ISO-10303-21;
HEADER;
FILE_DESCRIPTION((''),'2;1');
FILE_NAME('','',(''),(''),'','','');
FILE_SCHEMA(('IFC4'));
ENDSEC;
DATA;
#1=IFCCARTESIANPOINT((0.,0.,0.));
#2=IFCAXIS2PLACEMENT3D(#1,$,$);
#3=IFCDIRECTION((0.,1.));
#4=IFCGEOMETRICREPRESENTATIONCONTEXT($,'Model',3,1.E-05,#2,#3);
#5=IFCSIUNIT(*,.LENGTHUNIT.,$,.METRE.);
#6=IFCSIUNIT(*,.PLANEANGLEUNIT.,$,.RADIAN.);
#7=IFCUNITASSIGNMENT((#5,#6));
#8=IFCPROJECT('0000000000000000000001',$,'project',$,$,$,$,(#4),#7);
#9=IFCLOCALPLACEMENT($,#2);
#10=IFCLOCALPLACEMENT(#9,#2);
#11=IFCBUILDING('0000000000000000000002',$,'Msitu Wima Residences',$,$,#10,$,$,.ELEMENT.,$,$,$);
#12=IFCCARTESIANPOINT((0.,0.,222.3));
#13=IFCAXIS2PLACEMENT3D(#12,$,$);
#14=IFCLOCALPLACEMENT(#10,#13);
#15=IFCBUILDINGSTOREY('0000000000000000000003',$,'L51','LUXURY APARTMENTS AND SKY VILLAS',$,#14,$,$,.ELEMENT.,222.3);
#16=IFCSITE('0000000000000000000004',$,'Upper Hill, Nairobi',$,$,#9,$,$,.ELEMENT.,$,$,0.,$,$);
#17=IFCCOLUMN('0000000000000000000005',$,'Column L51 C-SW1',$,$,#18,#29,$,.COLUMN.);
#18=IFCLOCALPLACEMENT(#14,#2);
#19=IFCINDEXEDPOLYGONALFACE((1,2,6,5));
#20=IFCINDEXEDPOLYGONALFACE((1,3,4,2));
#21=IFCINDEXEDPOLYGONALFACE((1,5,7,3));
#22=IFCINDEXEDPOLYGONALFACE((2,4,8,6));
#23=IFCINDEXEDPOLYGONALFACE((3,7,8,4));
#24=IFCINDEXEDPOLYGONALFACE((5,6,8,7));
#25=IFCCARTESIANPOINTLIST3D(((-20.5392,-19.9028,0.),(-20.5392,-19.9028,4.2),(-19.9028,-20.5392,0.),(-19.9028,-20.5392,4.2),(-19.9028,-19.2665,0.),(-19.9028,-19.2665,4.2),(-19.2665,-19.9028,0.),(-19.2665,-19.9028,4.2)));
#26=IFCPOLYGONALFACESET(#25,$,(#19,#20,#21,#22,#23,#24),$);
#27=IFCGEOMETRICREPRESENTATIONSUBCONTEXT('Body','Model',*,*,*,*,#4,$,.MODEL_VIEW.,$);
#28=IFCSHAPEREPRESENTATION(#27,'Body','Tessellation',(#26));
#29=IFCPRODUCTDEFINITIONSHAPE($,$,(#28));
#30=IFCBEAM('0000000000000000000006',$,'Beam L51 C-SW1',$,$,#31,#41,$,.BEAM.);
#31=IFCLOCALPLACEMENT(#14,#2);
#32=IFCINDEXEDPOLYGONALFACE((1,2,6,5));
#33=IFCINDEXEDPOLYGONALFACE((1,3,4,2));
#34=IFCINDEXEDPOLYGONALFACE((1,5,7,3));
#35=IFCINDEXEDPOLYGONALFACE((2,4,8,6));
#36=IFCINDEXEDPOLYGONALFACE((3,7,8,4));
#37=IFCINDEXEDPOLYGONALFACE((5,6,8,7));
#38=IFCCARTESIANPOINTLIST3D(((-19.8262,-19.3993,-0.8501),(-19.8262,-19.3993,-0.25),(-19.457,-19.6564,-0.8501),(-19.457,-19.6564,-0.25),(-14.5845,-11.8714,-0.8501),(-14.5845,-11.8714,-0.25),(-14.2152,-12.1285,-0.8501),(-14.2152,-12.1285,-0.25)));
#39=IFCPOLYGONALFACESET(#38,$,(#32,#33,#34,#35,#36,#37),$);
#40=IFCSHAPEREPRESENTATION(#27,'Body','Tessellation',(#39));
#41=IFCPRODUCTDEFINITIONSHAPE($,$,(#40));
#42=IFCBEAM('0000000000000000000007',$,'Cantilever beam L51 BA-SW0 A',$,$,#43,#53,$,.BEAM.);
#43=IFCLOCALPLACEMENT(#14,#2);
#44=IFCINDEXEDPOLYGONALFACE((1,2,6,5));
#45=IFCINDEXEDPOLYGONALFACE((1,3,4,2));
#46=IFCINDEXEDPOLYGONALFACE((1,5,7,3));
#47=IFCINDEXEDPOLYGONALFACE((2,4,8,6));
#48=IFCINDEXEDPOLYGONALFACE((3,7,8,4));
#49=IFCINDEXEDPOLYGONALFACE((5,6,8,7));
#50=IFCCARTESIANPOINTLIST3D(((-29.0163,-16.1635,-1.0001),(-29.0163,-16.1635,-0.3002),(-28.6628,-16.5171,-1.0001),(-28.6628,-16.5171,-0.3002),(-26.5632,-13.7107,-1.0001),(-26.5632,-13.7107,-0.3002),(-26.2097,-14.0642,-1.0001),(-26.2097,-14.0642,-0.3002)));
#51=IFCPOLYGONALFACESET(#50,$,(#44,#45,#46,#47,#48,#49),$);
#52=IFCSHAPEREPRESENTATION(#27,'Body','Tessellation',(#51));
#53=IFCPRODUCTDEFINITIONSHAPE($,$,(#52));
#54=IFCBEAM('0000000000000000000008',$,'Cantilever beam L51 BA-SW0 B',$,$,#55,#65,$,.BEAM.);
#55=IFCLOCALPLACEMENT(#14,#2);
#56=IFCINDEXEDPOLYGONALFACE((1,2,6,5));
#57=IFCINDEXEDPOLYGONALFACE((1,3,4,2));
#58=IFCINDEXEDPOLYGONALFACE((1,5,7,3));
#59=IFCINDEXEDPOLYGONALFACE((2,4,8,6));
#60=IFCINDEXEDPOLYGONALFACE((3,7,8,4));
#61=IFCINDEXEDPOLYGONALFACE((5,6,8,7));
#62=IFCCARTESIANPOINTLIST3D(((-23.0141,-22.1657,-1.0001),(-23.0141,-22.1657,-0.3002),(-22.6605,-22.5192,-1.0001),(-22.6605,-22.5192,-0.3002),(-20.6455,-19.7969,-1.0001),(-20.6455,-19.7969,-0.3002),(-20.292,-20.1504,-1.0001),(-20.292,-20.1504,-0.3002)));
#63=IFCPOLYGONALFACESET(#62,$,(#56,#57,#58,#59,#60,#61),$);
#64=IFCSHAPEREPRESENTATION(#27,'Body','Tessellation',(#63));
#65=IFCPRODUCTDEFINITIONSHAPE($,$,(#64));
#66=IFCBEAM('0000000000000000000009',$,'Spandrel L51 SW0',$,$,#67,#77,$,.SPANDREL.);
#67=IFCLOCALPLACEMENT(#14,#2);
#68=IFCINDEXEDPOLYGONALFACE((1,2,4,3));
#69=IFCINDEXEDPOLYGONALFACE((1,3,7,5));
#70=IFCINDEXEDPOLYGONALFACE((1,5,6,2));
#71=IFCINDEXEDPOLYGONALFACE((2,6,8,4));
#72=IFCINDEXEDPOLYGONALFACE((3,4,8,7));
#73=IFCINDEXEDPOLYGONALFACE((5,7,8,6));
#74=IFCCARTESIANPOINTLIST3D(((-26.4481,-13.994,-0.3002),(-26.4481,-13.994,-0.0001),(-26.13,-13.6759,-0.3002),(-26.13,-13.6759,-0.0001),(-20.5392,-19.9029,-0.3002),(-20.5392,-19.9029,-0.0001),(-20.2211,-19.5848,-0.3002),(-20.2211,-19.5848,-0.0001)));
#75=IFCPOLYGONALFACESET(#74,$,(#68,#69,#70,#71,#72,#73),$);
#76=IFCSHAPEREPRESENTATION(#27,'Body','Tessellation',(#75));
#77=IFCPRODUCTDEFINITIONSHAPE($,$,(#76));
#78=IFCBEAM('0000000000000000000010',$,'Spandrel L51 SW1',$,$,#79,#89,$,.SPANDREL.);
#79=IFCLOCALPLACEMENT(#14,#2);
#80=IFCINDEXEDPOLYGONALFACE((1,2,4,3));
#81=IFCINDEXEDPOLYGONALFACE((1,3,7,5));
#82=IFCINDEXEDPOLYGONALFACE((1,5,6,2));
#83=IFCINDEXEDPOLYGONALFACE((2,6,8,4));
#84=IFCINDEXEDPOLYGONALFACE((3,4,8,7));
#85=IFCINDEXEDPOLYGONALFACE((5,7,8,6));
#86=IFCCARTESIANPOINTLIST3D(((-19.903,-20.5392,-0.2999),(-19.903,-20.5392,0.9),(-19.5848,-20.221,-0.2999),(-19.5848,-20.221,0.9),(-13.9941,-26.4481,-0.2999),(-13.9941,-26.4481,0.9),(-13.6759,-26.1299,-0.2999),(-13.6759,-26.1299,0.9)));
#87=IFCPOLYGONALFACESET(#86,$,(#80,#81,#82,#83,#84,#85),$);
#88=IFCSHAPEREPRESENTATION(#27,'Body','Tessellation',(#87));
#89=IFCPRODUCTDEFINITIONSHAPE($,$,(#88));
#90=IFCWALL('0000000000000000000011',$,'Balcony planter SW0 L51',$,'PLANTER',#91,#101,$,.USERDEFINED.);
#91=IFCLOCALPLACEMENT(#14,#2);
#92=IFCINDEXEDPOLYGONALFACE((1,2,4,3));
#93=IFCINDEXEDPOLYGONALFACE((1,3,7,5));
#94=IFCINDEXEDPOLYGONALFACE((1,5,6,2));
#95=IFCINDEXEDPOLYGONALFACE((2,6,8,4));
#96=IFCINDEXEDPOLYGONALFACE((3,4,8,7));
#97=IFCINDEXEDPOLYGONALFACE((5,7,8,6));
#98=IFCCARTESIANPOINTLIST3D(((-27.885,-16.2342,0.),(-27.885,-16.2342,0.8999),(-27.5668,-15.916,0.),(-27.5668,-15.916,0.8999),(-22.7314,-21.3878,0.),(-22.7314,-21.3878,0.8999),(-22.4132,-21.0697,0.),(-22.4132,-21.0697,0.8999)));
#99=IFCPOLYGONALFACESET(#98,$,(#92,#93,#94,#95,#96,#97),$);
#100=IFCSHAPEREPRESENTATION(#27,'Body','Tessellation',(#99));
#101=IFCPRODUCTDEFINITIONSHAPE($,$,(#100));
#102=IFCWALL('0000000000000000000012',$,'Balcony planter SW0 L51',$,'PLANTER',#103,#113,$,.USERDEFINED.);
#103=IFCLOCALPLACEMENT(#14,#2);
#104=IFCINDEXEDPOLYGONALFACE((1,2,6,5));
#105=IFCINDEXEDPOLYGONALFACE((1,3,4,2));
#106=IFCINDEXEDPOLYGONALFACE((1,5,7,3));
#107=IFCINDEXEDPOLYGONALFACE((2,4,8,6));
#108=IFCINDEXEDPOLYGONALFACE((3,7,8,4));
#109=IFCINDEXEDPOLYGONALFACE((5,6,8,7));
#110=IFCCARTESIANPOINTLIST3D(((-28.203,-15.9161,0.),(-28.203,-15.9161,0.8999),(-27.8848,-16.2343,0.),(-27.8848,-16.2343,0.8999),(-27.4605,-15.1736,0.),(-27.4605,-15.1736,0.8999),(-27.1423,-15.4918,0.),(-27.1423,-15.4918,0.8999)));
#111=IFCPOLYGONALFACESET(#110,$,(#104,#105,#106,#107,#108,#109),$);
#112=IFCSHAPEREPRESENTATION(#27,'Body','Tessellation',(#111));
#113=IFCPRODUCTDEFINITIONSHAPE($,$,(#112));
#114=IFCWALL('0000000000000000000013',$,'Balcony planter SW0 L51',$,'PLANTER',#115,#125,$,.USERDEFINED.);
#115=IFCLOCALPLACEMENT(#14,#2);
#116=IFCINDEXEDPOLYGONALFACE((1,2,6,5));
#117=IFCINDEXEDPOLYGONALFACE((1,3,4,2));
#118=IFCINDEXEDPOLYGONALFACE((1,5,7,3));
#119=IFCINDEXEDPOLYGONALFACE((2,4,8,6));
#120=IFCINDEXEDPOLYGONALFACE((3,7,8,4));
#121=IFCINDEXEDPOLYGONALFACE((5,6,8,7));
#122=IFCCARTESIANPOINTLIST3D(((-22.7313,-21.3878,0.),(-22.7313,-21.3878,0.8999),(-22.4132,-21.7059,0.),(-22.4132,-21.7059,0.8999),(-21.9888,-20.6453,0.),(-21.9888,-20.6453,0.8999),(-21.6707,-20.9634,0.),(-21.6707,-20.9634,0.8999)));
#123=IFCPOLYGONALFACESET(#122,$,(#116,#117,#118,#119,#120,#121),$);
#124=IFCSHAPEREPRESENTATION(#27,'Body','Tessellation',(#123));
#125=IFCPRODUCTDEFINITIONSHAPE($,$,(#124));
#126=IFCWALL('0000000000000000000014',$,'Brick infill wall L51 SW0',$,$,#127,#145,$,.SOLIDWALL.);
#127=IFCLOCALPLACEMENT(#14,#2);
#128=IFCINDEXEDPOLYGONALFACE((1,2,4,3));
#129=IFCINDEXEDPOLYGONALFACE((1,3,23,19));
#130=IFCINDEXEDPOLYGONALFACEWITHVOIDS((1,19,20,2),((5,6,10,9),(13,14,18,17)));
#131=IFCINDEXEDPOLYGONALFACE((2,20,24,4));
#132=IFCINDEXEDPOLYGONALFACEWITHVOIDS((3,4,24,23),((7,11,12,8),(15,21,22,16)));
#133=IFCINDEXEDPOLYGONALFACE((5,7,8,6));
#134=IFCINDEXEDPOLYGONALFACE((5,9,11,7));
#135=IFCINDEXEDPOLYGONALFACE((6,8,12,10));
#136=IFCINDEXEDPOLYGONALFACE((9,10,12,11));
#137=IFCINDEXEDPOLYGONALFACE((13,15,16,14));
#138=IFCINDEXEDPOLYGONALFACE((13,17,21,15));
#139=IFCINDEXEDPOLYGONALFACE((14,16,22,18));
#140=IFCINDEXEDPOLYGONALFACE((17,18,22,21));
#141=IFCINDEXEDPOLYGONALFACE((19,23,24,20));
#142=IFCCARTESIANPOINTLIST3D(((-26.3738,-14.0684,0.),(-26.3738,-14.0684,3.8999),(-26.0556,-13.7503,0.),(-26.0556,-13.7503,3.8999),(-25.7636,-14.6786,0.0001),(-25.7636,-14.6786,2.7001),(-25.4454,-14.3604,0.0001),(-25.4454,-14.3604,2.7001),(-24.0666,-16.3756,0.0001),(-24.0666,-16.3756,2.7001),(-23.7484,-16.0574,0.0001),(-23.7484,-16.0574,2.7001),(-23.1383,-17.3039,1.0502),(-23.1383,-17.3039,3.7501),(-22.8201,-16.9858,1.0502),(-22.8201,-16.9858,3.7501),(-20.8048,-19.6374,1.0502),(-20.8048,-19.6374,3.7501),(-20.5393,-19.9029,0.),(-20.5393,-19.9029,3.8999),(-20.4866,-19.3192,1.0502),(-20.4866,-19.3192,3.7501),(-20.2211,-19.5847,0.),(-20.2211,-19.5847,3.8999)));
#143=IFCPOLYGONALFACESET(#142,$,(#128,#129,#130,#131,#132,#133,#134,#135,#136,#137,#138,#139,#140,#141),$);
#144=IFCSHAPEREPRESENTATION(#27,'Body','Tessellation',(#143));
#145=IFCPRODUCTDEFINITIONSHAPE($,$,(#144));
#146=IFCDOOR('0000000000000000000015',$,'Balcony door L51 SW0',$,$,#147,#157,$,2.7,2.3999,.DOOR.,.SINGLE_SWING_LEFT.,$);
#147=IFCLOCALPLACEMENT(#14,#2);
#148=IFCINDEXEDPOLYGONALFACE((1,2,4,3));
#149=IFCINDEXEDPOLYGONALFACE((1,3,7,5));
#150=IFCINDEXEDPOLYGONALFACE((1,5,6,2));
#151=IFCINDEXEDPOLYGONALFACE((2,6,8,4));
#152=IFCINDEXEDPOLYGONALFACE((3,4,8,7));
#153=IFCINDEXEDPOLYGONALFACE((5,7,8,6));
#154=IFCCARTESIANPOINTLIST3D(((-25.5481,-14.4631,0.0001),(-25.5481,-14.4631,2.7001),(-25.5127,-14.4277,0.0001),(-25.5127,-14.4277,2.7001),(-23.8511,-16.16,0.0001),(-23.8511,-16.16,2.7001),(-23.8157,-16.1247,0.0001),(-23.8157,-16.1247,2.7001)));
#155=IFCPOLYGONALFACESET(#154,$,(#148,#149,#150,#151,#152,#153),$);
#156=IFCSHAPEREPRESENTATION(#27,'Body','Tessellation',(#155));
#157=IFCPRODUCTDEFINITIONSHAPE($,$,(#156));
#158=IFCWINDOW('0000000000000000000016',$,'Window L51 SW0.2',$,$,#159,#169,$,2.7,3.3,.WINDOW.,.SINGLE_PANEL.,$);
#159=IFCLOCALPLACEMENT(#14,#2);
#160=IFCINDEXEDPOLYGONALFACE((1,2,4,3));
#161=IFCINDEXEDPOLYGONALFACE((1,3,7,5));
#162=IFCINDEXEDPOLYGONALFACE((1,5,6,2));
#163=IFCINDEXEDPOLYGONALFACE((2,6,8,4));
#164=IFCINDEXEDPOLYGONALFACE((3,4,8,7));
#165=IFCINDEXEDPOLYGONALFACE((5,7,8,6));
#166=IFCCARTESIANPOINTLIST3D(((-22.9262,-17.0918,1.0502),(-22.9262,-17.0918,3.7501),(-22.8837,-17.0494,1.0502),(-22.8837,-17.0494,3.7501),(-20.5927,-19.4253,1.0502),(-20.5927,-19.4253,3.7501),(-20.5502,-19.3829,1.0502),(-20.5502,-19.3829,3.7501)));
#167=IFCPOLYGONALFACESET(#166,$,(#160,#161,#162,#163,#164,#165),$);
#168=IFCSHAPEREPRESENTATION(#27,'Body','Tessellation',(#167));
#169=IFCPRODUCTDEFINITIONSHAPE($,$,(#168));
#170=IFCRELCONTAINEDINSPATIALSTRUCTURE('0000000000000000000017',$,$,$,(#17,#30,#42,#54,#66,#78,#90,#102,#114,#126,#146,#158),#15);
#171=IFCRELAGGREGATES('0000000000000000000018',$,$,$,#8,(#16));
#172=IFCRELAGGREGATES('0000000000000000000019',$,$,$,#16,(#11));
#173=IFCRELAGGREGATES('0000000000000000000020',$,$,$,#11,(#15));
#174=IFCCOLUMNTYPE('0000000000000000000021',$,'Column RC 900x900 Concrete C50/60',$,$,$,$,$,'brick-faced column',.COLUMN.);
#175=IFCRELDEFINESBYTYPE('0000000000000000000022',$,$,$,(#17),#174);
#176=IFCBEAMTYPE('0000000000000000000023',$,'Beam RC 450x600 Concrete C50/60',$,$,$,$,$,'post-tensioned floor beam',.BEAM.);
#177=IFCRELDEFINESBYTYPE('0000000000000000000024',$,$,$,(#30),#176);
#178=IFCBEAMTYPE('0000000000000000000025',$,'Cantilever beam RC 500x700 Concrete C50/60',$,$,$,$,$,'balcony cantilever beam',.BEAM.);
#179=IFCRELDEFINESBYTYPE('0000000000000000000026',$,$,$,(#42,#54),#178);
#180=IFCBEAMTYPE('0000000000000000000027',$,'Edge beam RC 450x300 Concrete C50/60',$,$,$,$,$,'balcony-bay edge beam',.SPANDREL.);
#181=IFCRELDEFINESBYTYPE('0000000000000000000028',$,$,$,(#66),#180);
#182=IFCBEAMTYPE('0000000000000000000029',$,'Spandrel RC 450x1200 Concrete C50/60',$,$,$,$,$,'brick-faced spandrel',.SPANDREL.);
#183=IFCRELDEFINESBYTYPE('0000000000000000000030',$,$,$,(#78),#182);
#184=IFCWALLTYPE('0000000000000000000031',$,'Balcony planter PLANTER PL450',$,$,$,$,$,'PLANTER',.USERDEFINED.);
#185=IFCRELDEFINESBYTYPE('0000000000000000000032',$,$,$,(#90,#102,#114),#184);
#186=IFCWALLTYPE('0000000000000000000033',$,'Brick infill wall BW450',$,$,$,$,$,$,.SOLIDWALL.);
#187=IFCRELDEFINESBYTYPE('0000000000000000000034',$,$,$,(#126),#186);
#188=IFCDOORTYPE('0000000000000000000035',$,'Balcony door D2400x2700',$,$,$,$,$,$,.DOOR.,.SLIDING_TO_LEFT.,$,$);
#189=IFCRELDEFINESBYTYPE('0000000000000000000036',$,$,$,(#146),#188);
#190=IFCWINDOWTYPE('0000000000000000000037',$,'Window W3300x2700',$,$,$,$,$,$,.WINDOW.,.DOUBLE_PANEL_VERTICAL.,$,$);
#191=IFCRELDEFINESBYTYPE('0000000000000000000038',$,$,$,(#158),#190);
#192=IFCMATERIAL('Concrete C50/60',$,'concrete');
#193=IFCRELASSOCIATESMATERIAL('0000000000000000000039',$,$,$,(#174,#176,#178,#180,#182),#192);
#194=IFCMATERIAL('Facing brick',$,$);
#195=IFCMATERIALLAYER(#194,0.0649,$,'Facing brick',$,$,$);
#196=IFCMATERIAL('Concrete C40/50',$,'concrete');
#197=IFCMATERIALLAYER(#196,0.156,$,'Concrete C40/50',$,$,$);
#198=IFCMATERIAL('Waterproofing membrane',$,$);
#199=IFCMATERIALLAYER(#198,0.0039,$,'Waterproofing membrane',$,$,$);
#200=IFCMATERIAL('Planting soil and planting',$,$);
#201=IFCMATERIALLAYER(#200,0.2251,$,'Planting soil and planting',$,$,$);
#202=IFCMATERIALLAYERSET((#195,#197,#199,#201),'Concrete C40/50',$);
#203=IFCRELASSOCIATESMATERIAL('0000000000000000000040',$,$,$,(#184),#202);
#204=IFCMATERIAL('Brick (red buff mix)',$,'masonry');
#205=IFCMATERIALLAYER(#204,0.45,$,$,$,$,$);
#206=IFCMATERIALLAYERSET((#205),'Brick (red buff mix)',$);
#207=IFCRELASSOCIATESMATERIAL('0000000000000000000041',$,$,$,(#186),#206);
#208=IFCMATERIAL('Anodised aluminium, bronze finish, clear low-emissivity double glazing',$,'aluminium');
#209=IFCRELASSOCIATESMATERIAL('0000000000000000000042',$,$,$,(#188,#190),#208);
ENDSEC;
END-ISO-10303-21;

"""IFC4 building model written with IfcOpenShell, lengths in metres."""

from ifc_helpers import new_model, si_unit, direction, frame, frame_2d, origin, origin_2d, place, context, subcontext, project, spatial, rectangle, extrude, material, layer, layer_set, material_profile, profile_set, type_object, element, fill, save


model = new_model("IFC4")

# Units and contexts
model_context = context("Model", 3, precision=1e-05, world=origin(), true_north=direction((0.0, 1.0)))
body_context = subcontext(model_context, "Body", "Model", "MODEL_VIEW")
ifc_project = project(units=[si_unit("LENGTHUNIT", "METRE"), si_unit("PLANEANGLEUNIT", "RADIAN")], contexts=[model_context])

# Site, building, storey
site_placement = place(None, origin())
site = spatial("IfcSite", under=ifc_project, at=site_placement, Name="Upper Hill, Nairobi", CompositionType="ELEMENT", RefElevation=0.0)
building_placement = place(site_placement, origin())
building = spatial("IfcBuilding", under=site, at=building_placement, Name="Msitu Wima Residences", CompositionType="ELEMENT")
storey_placement = place(building_placement, frame((0.0, 0.0, 222.3)))
storey = spatial("IfcBuildingStorey", under=building, at=storey_placement, Name="L51", Description="LUXURY APARTMENTS AND SKY VILLAS", CompositionType="ELEMENT", Elevation=222.3)

# Column
ifc_material_1 = material(Name="Concrete C50/60", Category="concrete")
ifc_material_profile_1 = material_profile(ifc_material_1, rectangle(XDim=0.8999, YDim=0.8999, at=origin_2d()), Name="RC 900x900")
ifc_profile_set_1 = profile_set([ifc_material_profile_1], Name="Concrete C50/60")
column_type = type_object("IfcColumnType", Name="Column RC 900x900 Concrete C50/60", ElementType="brick-faced column", PredefinedType="COLUMN", material=ifc_profile_set_1)
column_placement = place(storey_placement, frame((-19.9028, -19.9028, 0.0), z_axis=(0.0, 0.0, 1.0), x_axis=(0.707107, -0.707107, 0.0)))
element("IfcColumn", 1, at=column_placement, inside=storey, type_object=column_type, Name="Column L51 C-SW1", PredefinedType="COLUMN", context=body_context, shape_type="SweptSolid", body=[
    extrude(rectangle(XDim=0.8999, YDim=0.8999, at=origin_2d()), origin(), (0.0, 0.0, 1.0), 4.2),
])

# Beams
ifc_material_profile_2 = material_profile(ifc_material_1, rectangle(XDim=0.45, YDim=0.6001, at=origin_2d()), Name="RC 450x600")
ifc_profile_set_2 = profile_set([ifc_material_profile_2], Name="Concrete C50/60")
beam_type_1 = type_object("IfcBeamType", Name="Beam RC 450x600 Concrete C50/60", ElementType="post-tensioned floor beam", PredefinedType="BEAM", material=ifc_profile_set_2)
beam_1_placement = place(storey_placement, frame((-19.6416, -19.5278, -0.55), z_axis=(0.571428, 0.820652, 0.0), x_axis=(-0.820652, 0.571428, 0.0)))
element("IfcBeam", 2, at=beam_1_placement, inside=storey, type_object=beam_type_1, Name="Beam L51 C-SW1", PredefinedType="BEAM", context=body_context, shape_type="SweptSolid", body=[
    extrude(rectangle(XDim=0.45, YDim=0.6001, at=origin_2d()), origin(), (0.0, 0.0, 1.0), 9.1731),
])
ifc_material_profile_3 = material_profile(ifc_material_1, rectangle(XDim=0.5, YDim=0.7, at=origin_2d()), Name="RC 500x700")
ifc_profile_set_3 = profile_set([ifc_material_profile_3], Name="Concrete C50/60")
beam_type_2 = type_object("IfcBeamType", Name="Cantilever beam RC 500x700 Concrete C50/60", ElementType="balcony cantilever beam", PredefinedType="BEAM", material=ifc_profile_set_3)
beam_2_placement = place(storey_placement, frame((-26.3865, -13.8875, -0.6501), z_axis=(-0.707142, -0.707072, 0.0), x_axis=(0.707072, -0.707142, 0.0)))
element("IfcBeam", 3, at=beam_2_placement, inside=storey, type_object=beam_type_2, Name="Cantilever beam L51 BA-SW0 A", PredefinedType="BEAM", context=body_context, shape_type="SweptSolid", body=[
    extrude(rectangle(XDim=0.5, YDim=0.7, at=origin_2d()), origin(), (0.0, 0.0, 1.0), 3.469),
])
beam_3_placement = place(storey_placement, frame((-20.4688, -19.9736, -0.6501), z_axis=(-0.70707, -0.707143, 0.0), x_axis=(0.707143, -0.70707, 0.0)))
element("IfcBeam", 4, at=beam_3_placement, inside=storey, type_object=beam_type_2, Name="Cantilever beam L51 BA-SW0 B", PredefinedType="BEAM", context=body_context, shape_type="SweptSolid", body=[
    extrude(rectangle(XDim=0.5, YDim=0.7, at=origin_2d()), origin(), (0.0, 0.0, 1.0), 3.3499),
])
ifc_material_profile_4 = material_profile(ifc_material_1, rectangle(XDim=0.45, YDim=0.3, at=origin_2d()), Name="RC 450x300")
ifc_profile_set_4 = profile_set([ifc_material_profile_4], Name="Concrete C50/60")
beam_type_3 = type_object("IfcBeamType", Name="Edge beam RC 450x300 Concrete C50/60", ElementType="balcony-bay edge beam", PredefinedType="SPANDREL", material=ifc_profile_set_4)
beam_4_placement = place(storey_placement, frame((-26.2891, -13.835, -0.1501), z_axis=(0.707107, -0.707107, 0.0), x_axis=(0.707107, 0.707107, 0.0)))
element("IfcBeam", 5, at=beam_4_placement, inside=storey, type_object=beam_type_3, Name="Spandrel L51 SW0", PredefinedType="SPANDREL", context=body_context, shape_type="SweptSolid", body=[
    extrude(rectangle(XDim=0.45, YDim=0.3, at=origin_2d()), origin(), (0.0, 0.0, 1.0), 8.3564),
])
ifc_material_profile_5 = material_profile(ifc_material_1, rectangle(XDim=0.45, YDim=1.2, at=origin_2d()), Name="RC 450x1200")
ifc_profile_set_5 = profile_set([ifc_material_profile_5], Name="Concrete C50/60")
beam_type_4 = type_object("IfcBeamType", Name="Spandrel RC 450x1200 Concrete C50/60", ElementType="brick-faced spandrel", PredefinedType="SPANDREL", material=ifc_profile_set_5)
beam_5_placement = place(storey_placement, frame((-19.7439, -20.3801, 0.3), z_axis=(0.707107, -0.707107, 0.0), x_axis=(0.707107, 0.707107, 0.0)))
element("IfcBeam", 6, at=beam_5_placement, inside=storey, type_object=beam_type_4, Name="Spandrel L51 SW1", PredefinedType="SPANDREL", context=body_context, shape_type="SweptSolid", body=[
    extrude(rectangle(XDim=0.45, YDim=1.2, at=origin_2d()), origin(), (0.0, 0.0, 1.0), 8.3564),
])

# Walls
ifc_material_2 = material(Name="Facing brick")
ifc_layer_1 = layer(ifc_material_2, 0.0649, Name="Facing brick")
ifc_material_3 = material(Name="Concrete C40/50", Category="concrete")
ifc_layer_2 = layer(ifc_material_3, 0.156, Name="Concrete C40/50")
ifc_material_4 = material(Name="Waterproofing membrane")
ifc_layer_3 = layer(ifc_material_4, 0.0039, Name="Waterproofing membrane")
ifc_material_5 = material(Name="Planting soil and planting")
ifc_layer_4 = layer(ifc_material_5, 0.2251, Name="Planting soil and planting")
ifc_layer_set_1 = layer_set([ifc_layer_1, ifc_layer_2, ifc_layer_3, ifc_layer_4], Name="Concrete C40/50")
wall_type_1 = type_object("IfcWallType", Name="Balcony planter PLANTER PL450", ElementType="PLANTER", PredefinedType="USERDEFINED", material=ifc_layer_set_1)
wall_1_placement = place(storey_placement, frame((-27.7258, -16.0752, 0.0), z_axis=(0.0, 0.0, 1.0), x_axis=(0.707107, -0.707107, 0.0)))
element("IfcWall", 7, at=wall_1_placement, inside=storey, type_object=wall_type_1, Name="Balcony planter SW0 L51", ObjectType="PLANTER", PredefinedType="USERDEFINED", context=body_context, shape_type="SweptSolid", body=[
    extrude(rectangle(XDim=7.2883, YDim=0.45, at=frame_2d((3.644, 0.0))), origin(), (0.0, 0.0, 1.0), 0.8999),
])
for number, where, z_axis, x_axis, name in (
    (8, (-27.3015, -15.3328, 0.0), (0.0, 0.0, 1.0), (-0.707107, -0.707107, 0.0), "Balcony planter SW0 L51"),
    (9, (-21.8298, -20.8044, 0.0), (0.0, 0.0, 1.0), (-0.707107, -0.707107, 0.0), "Balcony planter SW0 L51"),
):
    element("IfcWall", number, at=place(storey_placement, frame(where, z_axis=z_axis, x_axis=x_axis)), inside=storey, type_object=wall_type_1, Name=name, ObjectType="PLANTER", PredefinedType="USERDEFINED", context=body_context, shape_type="SweptSolid", body=[
        extrude(rectangle(XDim=1.05, YDim=0.45, at=frame_2d((0.5249, 0.0))), origin(), (0.0, 0.0, 1.0), 0.8999),
    ])

# Wall, openings, door, window
ifc_material_6 = material(Name="Brick (red buff mix)", Category="masonry")
ifc_layer_5 = layer(ifc_material_6, 0.45)
ifc_layer_set_2 = layer_set([ifc_layer_5], Name="Brick (red buff mix)")
wall_type_2 = type_object("IfcWallType", Name="Brick infill wall BW450", PredefinedType="SOLIDWALL", material=ifc_layer_set_2)
wall_2_placement = place(storey_placement, frame((-26.2146, -13.9094, 0.0), z_axis=(0.0, 0.0, 1.0), x_axis=(0.707107, -0.707107, 0.0)))
wall_2 = element("IfcWall", 10, at=wall_2_placement, inside=storey, type_object=wall_type_2, Name="Brick infill wall L51 SW0", PredefinedType="SOLIDWALL", context=body_context, shape_type="SweptSolid", body=[
    extrude(rectangle(XDim=8.2512, YDim=0.45, at=frame_2d((4.1255, 0.0))), origin(), (0.0, 0.0, 1.0), 3.8999),
])
opening_1_placement = place(wall_2_placement, frame((0.8628, 0.0, 0.0)))
opening_1 = element("IfcOpeningElement", 11, at=opening_1_placement, cuts=wall_2, PredefinedType="OPENING", context=body_context, shape_type="SweptSolid", body=[
    extrude(rectangle(XDim=2.3999, YDim=2.7, at=frame_2d((1.2, 1.3501))), frame((0.0, 0.2349, 0.0), z_axis=(0.0, -1.0, 0.0), x_axis=(1.0, 0.0, 0.0)), (0.0, 0.0, 1.0), 0.47),
])
opening_2_placement = place(wall_2_placement, frame((4.5757, 0.0, 1.05)))
opening_2 = element("IfcOpeningElement", 12, at=opening_2_placement, cuts=wall_2, PredefinedType="OPENING", context=body_context, shape_type="SweptSolid", body=[
    extrude(rectangle(XDim=3.3, YDim=2.7, at=frame_2d((1.6499, 1.3501))), frame((0.0, 0.2349, 0.0), z_axis=(0.0, -1.0, 0.0), x_axis=(1.0, 0.0, 0.0)), (0.0, 0.0, 1.0), 0.47),
])
ifc_material_7 = material(Name="Anodised aluminium, bronze finish, clear low-emissivity double glazing", Category="aluminium")
door_type_1 = type_object("IfcDoorType", Name="Balcony door D2400x2700", OperationType="SLIDING_TO_LEFT", PredefinedType="DOOR", material=ifc_material_7)
door_1_placement = place(opening_1_placement, origin())
door_1 = element("IfcDoor", 13, at=door_1_placement, inside=storey, type_object=door_type_1, Name="Balcony door L51 SW0", OperationType="SINGLE_SWING_LEFT", OverallHeight=2.7, OverallWidth=2.3999, PredefinedType="DOOR", context=body_context, shape_type="SweptSolid", body=[
    extrude(rectangle(XDim=2.3999, YDim=2.7, at=frame_2d((1.2, 1.3501))), frame((0.0, 0.1299, 0.0), z_axis=(0.0, -1.0, 0.0), x_axis=(1.0, 0.0, 0.0)), (0.0, 0.0, 1.0), 0.05),
])
fill(opening_1, door_1)
window_type = type_object("IfcWindowType", Name="Window W3300x2700", PartitioningType="DOUBLE_PANEL_VERTICAL", PredefinedType="WINDOW", material=ifc_material_7)
window_1_placement = place(opening_2_placement, origin())
window_1 = element("IfcWindow", 14, at=window_1_placement, inside=storey, type_object=window_type, Name="Window L51 SW0.2", OverallHeight=2.7, OverallWidth=3.3, PartitioningType="SINGLE_PANEL", PredefinedType="WINDOW", context=body_context, shape_type="SweptSolid", body=[
    extrude(rectangle(XDim=3.3, YDim=2.7, at=frame_2d((1.6499, 1.3501))), frame((0.0, 0.135, 0.0), z_axis=(0.0, -1.0, 0.0), x_axis=(1.0, 0.0, 0.0)), (0.0, 0.0, 1.0), 0.0601),
])
fill(opening_2, window_1)

save(model, "model.ifc")
